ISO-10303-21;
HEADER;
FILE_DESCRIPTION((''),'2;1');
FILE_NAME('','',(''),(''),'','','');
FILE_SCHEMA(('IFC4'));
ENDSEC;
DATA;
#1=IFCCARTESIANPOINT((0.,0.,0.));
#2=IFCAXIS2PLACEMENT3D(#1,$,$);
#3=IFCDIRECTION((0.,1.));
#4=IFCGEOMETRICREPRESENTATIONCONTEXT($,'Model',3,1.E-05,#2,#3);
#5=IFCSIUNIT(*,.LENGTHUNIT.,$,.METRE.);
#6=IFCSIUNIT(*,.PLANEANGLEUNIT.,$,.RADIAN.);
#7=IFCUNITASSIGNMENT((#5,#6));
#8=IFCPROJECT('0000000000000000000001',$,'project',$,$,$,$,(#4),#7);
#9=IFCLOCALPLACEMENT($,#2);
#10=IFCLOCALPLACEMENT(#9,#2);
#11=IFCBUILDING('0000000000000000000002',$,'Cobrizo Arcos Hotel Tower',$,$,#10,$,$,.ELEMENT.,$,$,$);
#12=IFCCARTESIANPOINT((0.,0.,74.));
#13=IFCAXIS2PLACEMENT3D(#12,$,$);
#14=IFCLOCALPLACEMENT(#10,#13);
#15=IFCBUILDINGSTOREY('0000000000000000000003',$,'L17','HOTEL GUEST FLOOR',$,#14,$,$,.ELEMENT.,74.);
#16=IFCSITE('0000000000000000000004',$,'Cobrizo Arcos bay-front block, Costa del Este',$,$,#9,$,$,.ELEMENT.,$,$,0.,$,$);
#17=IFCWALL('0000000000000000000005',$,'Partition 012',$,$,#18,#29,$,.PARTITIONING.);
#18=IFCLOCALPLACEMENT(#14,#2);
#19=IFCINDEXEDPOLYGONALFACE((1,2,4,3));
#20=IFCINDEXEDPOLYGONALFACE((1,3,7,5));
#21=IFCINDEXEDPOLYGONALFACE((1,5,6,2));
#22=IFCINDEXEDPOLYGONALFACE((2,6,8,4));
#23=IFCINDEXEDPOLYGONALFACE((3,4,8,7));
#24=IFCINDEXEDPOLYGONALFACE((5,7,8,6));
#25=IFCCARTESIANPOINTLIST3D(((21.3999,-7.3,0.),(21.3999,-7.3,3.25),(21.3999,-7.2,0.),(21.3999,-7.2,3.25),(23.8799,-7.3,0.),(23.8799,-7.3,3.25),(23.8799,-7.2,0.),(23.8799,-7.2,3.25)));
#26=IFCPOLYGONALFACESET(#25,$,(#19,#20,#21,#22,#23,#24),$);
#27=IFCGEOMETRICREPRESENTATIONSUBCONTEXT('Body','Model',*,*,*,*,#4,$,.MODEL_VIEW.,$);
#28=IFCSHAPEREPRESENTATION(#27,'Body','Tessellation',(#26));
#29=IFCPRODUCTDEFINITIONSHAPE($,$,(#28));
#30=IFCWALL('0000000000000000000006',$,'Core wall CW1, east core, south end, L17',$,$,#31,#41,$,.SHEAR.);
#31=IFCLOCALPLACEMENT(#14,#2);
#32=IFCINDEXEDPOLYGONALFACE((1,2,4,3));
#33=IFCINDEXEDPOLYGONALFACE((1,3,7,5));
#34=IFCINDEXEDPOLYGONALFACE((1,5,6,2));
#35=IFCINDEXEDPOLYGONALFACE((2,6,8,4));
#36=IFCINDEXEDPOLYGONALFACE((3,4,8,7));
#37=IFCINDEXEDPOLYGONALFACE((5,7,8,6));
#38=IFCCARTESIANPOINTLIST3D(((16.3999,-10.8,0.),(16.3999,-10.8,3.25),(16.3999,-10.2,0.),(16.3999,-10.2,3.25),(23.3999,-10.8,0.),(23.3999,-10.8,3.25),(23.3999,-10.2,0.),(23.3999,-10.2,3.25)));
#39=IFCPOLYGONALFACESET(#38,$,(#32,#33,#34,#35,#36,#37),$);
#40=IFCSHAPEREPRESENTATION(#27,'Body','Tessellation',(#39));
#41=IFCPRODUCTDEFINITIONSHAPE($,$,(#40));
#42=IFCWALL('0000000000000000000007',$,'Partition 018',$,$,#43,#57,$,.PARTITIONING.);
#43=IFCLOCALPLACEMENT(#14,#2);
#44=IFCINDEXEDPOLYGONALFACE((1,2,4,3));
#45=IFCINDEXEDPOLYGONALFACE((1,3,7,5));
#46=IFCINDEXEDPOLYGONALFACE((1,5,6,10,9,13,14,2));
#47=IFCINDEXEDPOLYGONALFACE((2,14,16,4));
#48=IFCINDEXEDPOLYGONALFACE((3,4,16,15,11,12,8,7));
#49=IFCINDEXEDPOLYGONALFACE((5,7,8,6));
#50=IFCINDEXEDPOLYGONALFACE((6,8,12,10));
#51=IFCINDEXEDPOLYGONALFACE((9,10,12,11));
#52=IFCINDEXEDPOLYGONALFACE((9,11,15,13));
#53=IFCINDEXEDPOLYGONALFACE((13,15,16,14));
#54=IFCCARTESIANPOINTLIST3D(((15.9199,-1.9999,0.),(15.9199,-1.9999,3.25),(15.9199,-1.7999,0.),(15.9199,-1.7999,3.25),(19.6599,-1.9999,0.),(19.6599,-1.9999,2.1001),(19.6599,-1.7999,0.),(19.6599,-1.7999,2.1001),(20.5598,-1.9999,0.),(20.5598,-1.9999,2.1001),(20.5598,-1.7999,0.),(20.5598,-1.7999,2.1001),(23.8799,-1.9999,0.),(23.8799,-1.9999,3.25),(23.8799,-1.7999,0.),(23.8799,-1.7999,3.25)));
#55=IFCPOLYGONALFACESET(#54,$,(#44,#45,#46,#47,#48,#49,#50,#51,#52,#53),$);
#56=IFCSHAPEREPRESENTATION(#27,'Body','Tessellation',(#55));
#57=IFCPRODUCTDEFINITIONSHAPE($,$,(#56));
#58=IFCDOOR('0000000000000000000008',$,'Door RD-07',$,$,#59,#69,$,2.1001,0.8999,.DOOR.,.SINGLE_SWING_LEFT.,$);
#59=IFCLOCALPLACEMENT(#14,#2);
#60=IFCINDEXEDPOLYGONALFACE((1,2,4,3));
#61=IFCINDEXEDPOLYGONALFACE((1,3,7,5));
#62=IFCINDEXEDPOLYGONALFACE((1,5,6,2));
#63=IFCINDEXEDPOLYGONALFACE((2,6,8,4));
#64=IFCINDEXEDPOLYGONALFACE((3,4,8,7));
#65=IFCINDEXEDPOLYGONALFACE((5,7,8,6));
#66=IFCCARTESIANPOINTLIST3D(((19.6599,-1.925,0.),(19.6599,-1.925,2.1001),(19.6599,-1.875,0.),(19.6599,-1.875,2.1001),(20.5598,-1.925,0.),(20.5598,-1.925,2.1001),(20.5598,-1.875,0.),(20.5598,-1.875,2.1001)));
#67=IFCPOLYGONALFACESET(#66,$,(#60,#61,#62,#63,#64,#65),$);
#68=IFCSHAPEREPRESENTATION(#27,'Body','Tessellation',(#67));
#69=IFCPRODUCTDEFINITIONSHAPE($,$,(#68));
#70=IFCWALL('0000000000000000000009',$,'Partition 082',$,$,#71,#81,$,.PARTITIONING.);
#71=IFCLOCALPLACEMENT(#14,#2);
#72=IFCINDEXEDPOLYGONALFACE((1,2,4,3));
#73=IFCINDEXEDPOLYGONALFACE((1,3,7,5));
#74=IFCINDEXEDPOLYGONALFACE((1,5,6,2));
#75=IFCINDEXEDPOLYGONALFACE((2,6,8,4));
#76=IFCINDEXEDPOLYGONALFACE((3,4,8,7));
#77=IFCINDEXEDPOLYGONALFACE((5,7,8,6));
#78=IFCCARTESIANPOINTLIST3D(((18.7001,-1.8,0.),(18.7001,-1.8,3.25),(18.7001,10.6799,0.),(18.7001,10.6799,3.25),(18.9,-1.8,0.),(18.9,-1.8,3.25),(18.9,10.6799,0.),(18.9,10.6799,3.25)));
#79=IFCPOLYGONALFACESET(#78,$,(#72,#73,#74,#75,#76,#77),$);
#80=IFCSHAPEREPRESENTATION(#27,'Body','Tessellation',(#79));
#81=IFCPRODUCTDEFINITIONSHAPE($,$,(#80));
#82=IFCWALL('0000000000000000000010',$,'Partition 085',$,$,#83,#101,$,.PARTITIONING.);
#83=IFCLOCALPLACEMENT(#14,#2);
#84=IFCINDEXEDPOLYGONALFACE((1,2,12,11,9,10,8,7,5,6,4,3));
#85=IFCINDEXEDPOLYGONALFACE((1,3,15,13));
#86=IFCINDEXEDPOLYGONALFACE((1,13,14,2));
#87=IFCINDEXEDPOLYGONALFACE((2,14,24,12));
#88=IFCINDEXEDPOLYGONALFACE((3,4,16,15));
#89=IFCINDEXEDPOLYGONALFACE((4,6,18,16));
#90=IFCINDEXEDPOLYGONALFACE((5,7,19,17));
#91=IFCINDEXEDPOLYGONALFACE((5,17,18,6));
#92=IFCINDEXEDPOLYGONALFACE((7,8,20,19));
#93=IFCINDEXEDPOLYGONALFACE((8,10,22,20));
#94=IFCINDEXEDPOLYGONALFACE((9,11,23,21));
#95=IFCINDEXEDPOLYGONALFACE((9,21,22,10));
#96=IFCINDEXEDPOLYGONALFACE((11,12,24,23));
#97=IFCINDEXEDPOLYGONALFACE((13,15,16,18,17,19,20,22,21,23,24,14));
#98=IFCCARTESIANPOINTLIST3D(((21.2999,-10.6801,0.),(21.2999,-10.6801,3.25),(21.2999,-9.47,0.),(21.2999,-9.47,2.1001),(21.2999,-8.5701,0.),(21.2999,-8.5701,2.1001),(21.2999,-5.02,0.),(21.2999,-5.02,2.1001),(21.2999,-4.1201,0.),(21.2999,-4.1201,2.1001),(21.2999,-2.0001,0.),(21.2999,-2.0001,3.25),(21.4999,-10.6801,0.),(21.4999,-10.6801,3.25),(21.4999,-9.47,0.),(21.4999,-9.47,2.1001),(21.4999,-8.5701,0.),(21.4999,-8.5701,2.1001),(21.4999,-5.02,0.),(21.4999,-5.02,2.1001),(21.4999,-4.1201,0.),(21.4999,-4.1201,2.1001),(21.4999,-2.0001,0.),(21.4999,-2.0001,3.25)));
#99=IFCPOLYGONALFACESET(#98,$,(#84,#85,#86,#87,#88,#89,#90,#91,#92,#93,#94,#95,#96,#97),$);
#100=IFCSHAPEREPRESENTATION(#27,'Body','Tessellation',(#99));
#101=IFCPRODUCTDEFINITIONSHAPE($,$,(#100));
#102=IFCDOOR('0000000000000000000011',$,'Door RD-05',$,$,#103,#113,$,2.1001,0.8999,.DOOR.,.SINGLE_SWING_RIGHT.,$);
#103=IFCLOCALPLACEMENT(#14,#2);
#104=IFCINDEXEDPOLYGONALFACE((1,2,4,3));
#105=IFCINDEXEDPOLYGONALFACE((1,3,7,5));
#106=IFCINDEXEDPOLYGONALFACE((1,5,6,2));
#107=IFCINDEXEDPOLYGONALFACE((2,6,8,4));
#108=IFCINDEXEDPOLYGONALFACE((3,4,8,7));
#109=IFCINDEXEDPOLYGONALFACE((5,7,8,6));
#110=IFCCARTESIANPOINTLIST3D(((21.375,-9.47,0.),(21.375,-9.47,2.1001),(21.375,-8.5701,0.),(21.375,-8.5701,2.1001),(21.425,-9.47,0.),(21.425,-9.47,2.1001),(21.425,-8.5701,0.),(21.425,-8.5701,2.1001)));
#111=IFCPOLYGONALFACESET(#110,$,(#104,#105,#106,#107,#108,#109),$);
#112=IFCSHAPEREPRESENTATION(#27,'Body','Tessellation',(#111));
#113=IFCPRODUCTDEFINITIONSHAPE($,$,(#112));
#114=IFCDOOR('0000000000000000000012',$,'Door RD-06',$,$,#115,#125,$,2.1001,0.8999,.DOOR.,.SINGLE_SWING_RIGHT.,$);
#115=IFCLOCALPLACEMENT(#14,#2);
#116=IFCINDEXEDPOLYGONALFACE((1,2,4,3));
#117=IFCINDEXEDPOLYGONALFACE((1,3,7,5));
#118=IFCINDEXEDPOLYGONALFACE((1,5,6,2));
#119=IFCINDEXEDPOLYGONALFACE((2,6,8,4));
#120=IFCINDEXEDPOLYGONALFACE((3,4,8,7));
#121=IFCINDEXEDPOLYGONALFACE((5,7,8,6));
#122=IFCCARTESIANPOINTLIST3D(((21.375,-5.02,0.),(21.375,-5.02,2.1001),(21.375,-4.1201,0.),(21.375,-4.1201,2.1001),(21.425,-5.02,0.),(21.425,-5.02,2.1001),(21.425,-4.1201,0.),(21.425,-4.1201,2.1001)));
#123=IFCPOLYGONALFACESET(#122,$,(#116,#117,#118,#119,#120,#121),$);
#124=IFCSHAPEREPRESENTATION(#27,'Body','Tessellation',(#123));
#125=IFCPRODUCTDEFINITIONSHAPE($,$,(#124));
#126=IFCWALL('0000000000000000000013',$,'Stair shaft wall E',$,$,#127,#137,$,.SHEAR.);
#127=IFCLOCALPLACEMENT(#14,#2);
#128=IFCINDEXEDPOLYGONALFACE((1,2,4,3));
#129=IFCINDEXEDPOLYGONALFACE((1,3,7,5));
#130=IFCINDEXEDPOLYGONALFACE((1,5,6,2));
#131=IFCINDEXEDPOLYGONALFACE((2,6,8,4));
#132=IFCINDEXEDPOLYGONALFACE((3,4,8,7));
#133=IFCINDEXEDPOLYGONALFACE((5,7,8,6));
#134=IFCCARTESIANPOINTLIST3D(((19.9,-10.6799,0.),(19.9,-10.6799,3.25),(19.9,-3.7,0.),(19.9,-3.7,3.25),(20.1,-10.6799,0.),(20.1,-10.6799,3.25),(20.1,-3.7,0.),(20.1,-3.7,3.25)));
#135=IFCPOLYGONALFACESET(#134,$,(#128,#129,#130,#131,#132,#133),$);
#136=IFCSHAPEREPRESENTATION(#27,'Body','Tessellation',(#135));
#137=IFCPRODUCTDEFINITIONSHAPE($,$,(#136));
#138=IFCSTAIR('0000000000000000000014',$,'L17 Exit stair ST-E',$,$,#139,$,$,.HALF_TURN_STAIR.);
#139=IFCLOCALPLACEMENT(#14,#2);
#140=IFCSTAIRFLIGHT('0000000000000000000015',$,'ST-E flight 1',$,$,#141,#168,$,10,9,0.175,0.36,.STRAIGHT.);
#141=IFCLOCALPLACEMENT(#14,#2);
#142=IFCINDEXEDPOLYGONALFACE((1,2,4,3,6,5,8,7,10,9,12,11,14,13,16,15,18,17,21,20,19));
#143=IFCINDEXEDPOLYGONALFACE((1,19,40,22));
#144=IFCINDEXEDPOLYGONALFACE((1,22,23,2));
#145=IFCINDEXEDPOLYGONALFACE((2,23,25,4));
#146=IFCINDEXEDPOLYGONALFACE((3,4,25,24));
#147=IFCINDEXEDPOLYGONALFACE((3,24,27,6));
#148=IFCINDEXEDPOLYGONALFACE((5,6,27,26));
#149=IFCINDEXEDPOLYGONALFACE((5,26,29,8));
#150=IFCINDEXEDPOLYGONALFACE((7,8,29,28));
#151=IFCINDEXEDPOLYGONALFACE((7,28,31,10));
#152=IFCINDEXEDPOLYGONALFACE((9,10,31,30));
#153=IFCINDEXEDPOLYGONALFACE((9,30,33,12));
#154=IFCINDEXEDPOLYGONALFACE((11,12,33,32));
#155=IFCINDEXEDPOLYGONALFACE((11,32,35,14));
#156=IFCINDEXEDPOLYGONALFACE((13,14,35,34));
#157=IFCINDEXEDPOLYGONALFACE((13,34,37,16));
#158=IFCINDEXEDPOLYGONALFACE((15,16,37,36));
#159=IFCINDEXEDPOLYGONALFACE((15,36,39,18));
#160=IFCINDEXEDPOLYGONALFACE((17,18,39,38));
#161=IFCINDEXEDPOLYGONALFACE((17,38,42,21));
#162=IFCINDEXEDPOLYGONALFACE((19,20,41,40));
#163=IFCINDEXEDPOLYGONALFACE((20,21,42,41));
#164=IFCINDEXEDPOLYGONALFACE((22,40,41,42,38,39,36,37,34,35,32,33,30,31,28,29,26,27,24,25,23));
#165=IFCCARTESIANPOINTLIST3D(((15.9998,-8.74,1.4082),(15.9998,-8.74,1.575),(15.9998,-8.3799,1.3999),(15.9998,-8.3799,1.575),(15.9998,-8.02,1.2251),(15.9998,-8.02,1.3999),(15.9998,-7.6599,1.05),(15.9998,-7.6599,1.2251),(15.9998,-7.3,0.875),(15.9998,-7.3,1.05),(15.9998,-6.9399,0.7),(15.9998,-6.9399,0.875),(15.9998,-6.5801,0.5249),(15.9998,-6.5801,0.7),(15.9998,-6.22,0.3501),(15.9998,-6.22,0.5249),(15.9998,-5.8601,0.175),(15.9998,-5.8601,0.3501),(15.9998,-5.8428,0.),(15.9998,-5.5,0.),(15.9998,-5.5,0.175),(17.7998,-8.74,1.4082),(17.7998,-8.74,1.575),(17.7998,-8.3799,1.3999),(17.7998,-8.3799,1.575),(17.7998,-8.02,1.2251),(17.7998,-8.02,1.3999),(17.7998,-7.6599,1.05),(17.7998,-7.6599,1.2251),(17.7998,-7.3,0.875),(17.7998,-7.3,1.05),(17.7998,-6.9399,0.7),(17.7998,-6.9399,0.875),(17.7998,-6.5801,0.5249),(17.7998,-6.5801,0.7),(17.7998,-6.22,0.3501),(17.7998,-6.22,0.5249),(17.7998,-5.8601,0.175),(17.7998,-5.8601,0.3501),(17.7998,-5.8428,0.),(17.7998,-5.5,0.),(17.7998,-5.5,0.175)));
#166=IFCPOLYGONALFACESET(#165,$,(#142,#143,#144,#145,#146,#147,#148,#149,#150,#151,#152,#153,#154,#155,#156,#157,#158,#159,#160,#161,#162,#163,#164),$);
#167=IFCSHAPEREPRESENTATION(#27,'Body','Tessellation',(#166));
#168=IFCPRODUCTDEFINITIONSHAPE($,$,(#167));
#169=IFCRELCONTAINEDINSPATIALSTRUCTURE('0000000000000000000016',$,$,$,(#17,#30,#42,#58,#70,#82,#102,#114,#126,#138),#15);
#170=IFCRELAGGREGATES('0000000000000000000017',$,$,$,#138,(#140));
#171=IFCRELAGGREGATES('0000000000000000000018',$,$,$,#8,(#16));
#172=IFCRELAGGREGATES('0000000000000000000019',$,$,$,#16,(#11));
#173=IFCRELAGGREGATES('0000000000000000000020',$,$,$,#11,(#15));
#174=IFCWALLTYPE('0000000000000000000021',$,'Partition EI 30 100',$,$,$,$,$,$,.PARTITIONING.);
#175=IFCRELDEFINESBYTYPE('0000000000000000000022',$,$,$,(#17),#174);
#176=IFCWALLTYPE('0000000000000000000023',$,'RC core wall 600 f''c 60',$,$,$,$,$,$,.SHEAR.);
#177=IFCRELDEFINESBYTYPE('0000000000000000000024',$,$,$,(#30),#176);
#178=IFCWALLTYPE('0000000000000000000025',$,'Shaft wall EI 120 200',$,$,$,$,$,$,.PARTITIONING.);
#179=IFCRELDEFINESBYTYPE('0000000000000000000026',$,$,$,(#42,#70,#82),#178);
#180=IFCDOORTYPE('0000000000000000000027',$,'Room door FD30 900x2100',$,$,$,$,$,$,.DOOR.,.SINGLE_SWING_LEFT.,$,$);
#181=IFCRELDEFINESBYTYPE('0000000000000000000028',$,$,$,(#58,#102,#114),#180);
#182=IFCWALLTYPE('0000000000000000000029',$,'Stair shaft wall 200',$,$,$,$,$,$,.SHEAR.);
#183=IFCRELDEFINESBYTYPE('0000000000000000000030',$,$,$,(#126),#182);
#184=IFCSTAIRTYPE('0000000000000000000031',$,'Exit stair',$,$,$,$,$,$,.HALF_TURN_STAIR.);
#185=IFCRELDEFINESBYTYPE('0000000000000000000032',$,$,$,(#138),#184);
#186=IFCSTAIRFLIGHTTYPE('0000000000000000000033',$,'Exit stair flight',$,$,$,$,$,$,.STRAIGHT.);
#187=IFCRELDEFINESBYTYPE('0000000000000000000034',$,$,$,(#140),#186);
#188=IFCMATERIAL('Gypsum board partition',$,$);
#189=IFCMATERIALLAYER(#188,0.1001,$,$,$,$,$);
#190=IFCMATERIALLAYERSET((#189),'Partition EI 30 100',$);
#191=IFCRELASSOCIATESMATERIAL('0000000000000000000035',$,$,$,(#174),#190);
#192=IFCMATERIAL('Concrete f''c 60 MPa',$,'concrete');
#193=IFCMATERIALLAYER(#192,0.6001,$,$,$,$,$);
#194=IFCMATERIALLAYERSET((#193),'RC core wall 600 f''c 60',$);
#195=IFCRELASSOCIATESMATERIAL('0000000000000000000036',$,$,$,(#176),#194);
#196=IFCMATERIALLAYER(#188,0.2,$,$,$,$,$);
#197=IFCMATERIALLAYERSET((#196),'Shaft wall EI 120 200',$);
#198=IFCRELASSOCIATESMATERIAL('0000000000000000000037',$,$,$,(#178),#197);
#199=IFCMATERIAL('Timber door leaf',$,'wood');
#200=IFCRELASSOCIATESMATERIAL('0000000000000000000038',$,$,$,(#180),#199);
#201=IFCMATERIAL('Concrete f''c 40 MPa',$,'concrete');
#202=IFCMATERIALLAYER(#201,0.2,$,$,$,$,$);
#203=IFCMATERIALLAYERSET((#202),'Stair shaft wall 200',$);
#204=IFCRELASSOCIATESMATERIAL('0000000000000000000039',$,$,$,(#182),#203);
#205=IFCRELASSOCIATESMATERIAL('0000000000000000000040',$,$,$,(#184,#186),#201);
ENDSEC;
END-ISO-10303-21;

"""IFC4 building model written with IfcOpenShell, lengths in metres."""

from ifc_helpers import new_model, si_unit, direction, frame, frame_2d, origin, place, context, subcontext, project, spatial, polyline, rectangle, outline, extrude, material, layer, layer_set, type_object, element, fill, aggregate, save


model = new_model("IFC4")

# Units and contexts
model_context = context("Model", 3, precision=1e-05, world=origin(), true_north=direction((0.0, 1.0)))
body_context = subcontext(model_context, "Body", "Model", "MODEL_VIEW")
ifc_project = project(units=[si_unit("LENGTHUNIT", "METRE"), si_unit("PLANEANGLEUNIT", "RADIAN")], contexts=[model_context])

# Site, building, storey
site_placement = place(None, origin())
site = spatial("IfcSite", under=ifc_project, at=site_placement, Name="Cobrizo Arcos bay-front block, Costa del Este", CompositionType="ELEMENT", RefElevation=0.0)
building_placement = place(site_placement, origin())
building = spatial("IfcBuilding", under=site, at=building_placement, Name="Cobrizo Arcos Hotel Tower", CompositionType="ELEMENT")
storey_placement = place(building_placement, frame((0.0, 0.0, 74.0)))
storey = spatial("IfcBuildingStorey", under=building, at=storey_placement, Name="L17", Description="HOTEL GUEST FLOOR", CompositionType="ELEMENT", Elevation=74.0)

# Walls
ifc_material_1 = material(Name="Gypsum board partition")
ifc_layer_1 = layer(ifc_material_1, 0.1001)
ifc_layer_set_1 = layer_set([ifc_layer_1], Name="Partition EI 30 100")
wall_type_1 = type_object("IfcWallType", Name="Partition EI 30 100", PredefinedType="PARTITIONING", material=ifc_layer_set_1)
wall_1_placement = place(storey_placement, frame((21.3999, -7.25, 0.0), z_axis=(0.0, 0.0, 1.0), x_axis=(1.0, 0.0, 0.0)))
element("IfcWall", 1, at=wall_1_placement, inside=storey, type_object=wall_type_1, Name="Partition 012", PredefinedType="PARTITIONING", context=body_context, shape_type="SweptSolid", body=[
    extrude(rectangle(XDim=2.48, YDim=0.1001, at=frame_2d((1.24, 0.0))), origin(), (0.0, 0.0, 1.0), 3.25),
])
ifc_material_2 = material(Name="Concrete f'c 60 MPa", Category="concrete")
ifc_layer_2 = layer(ifc_material_2, 0.6001)
ifc_layer_set_2 = layer_set([ifc_layer_2], Name="RC core wall 600 f'c 60")
wall_type_2 = type_object("IfcWallType", Name="RC core wall 600 f'c 60", PredefinedType="SHEAR", material=ifc_layer_set_2)
wall_2_placement = place(storey_placement, frame((16.3999, -10.5, 0.0), z_axis=(0.0, 0.0, 1.0), x_axis=(1.0, 0.0, 0.0)))
element("IfcWall", 2, at=wall_2_placement, inside=storey, type_object=wall_type_2, Name="Core wall CW1, east core, south end, L17", PredefinedType="SHEAR", context=body_context, shape_type="SweptSolid", body=[
    extrude(rectangle(XDim=7.0, YDim=0.6001, at=frame_2d((3.5, 0.0))), origin(), (0.0, 0.0, 1.0), 3.25),
])

# Wall, opening, door
ifc_layer_3 = layer(ifc_material_1, 0.2)
ifc_layer_set_3 = layer_set([ifc_layer_3], Name="Shaft wall EI 120 200")
wall_type_3 = type_object("IfcWallType", Name="Shaft wall EI 120 200", PredefinedType="PARTITIONING", material=ifc_layer_set_3)
wall_3_placement = place(storey_placement, frame((15.9199, -1.8999, 0.0), z_axis=(0.0, 0.0, 1.0), x_axis=(1.0, 0.0, 0.0)))
wall_3 = element("IfcWall", 3, at=wall_3_placement, inside=storey, type_object=wall_type_3, Name="Partition 018", PredefinedType="PARTITIONING", context=body_context, shape_type="SweptSolid", body=[
    extrude(rectangle(XDim=7.96, YDim=0.2, at=frame_2d((3.98, 0.0))), origin(), (0.0, 0.0, 1.0), 3.25),
])
opening_1_placement = place(wall_3_placement, frame((3.74, 0.0, 0.0)))
opening_1 = element("IfcOpeningElement", 4, at=opening_1_placement, cuts=wall_3, PredefinedType="OPENING", context=body_context, shape_type="SweptSolid", body=[
    extrude(rectangle(XDim=0.8999, YDim=2.1001, at=frame_2d((0.45, 1.05))), frame((0.0, 0.1121, 0.0), z_axis=(0.0, -1.0, 0.0), x_axis=(1.0, 0.0, 0.0)), (0.0, 0.0, 1.0), 0.2239),
])
ifc_material_3 = material(Name="Timber door leaf", Category="wood")
door_type = type_object("IfcDoorType", Name="Room door FD30 900x2100", OperationType="SINGLE_SWING_LEFT", PredefinedType="DOOR", material=ifc_material_3)
door_1_placement = place(opening_1_placement, origin())
door_1 = element("IfcDoor", 5, at=door_1_placement, inside=storey, type_object=door_type, Name="Door RD-07", OperationType="SINGLE_SWING_LEFT", OverallHeight=2.1001, OverallWidth=0.8999, PredefinedType="DOOR", context=body_context, shape_type="SweptSolid", body=[
    extrude(rectangle(XDim=0.8999, YDim=2.1001, at=frame_2d((0.45, 1.05))), frame((0.0, 0.0249, 0.0), z_axis=(0.0, -1.0, 0.0), x_axis=(1.0, 0.0, 0.0)), (0.0, 0.0, 1.0), 0.05),
])
fill(opening_1, door_1)

# Wall
wall_4_placement = place(storey_placement, frame((18.8, -1.8, 0.0), z_axis=(0.0, 0.0, 1.0), x_axis=(0.0, 1.0, 0.0)))
element("IfcWall", 6, at=wall_4_placement, inside=storey, type_object=wall_type_3, Name="Partition 082", PredefinedType="PARTITIONING", context=body_context, shape_type="SweptSolid", body=[
    extrude(rectangle(XDim=12.48, YDim=0.2, at=frame_2d((6.24, 0.0))), origin(), (0.0, 0.0, 1.0), 3.25),
])

# Wall, openings, doors
wall_5_placement = place(storey_placement, frame((21.3999, -10.6799, 0.0), z_axis=(0.0, 0.0, 1.0), x_axis=(0.0, 1.0, 0.0)))
wall_5 = element("IfcWall", 7, at=wall_5_placement, inside=storey, type_object=wall_type_3, Name="Partition 085", PredefinedType="PARTITIONING", context=body_context, shape_type="SweptSolid", body=[
    extrude(rectangle(XDim=8.6799, YDim=0.2, at=frame_2d((4.3398, 0.0))), origin(), (0.0, 0.0, 1.0), 3.25),
])
opening_2_placement = place(wall_5_placement, frame((1.21, 0.0, 0.0)))
opening_2 = element("IfcOpeningElement", 8, at=opening_2_placement, cuts=wall_5, PredefinedType="OPENING", context=body_context, shape_type="SweptSolid", body=[
    extrude(rectangle(XDim=0.8999, YDim=2.1001, at=frame_2d((0.45, 1.05))), frame((0.0, 0.1121, 0.0), z_axis=(0.0, -1.0, 0.0), x_axis=(1.0, 0.0, 0.0)), (0.0, 0.0, 1.0), 0.2239),
])
opening_3_placement = place(wall_5_placement, frame((5.6599, 0.0, 0.0)))
opening_3 = element("IfcOpeningElement", 9, at=opening_3_placement, cuts=wall_5, PredefinedType="OPENING", context=body_context, shape_type="SweptSolid", body=[
    extrude(rectangle(XDim=0.8999, YDim=2.1001, at=frame_2d((0.45, 1.05))), frame((0.0, 0.1121, 0.0), z_axis=(0.0, -1.0, 0.0), x_axis=(1.0, 0.0, 0.0)), (0.0, 0.0, 1.0), 0.2239),
])
door_2_placement = place(opening_2_placement, origin())
door_2 = element("IfcDoor", 10, at=door_2_placement, inside=storey, type_object=door_type, Name="Door RD-05", OperationType="SINGLE_SWING_RIGHT", OverallHeight=2.1001, OverallWidth=0.8999, PredefinedType="DOOR", context=body_context, shape_type="SweptSolid", body=[
    extrude(rectangle(XDim=0.8999, YDim=2.1001, at=frame_2d((0.45, 1.05))), frame((0.0, 0.0249, 0.0), z_axis=(0.0, -1.0, 0.0), x_axis=(1.0, 0.0, 0.0)), (0.0, 0.0, 1.0), 0.05),
])
fill(opening_2, door_2)
door_3_placement = place(opening_3_placement, origin())
door_3 = element("IfcDoor", 11, at=door_3_placement, inside=storey, type_object=door_type, Name="Door RD-06", OperationType="SINGLE_SWING_RIGHT", OverallHeight=2.1001, OverallWidth=0.8999, PredefinedType="DOOR", context=body_context, shape_type="SweptSolid", body=[
    extrude(rectangle(XDim=0.8999, YDim=2.1001, at=frame_2d((0.45, 1.05))), frame((0.0, 0.0249, 0.0), z_axis=(0.0, -1.0, 0.0), x_axis=(1.0, 0.0, 0.0)), (0.0, 0.0, 1.0), 0.05),
])
fill(opening_3, door_3)

# Wall
ifc_material_4 = material(Name="Concrete f'c 40 MPa", Category="concrete")
ifc_layer_4 = layer(ifc_material_4, 0.2)
ifc_layer_set_4 = layer_set([ifc_layer_4], Name="Stair shaft wall 200")
wall_type_4 = type_object("IfcWallType", Name="Stair shaft wall 200", PredefinedType="SHEAR", material=ifc_layer_set_4)
wall_6_placement = place(storey_placement, frame((20.0, -10.6799, 0.0), z_axis=(0.0, 0.0, 1.0), x_axis=(0.0, 1.0, 0.0)))
element("IfcWall", 12, at=wall_6_placement, inside=storey, type_object=wall_type_4, Name="Stair shaft wall E", PredefinedType="SHEAR", context=body_context, shape_type="SweptSolid", body=[
    extrude(rectangle(XDim=6.98, YDim=0.2, at=frame_2d((3.49, 0.0))), origin(), (0.0, 0.0, 1.0), 3.25),
])

# Stair, stair flight
stair_type = type_object("IfcStairType", Name="Exit stair", PredefinedType="HALF_TURN_STAIR", material=ifc_material_4)
stair_placement = place(storey_placement, origin())
stair = element("IfcStair", 13, at=stair_placement, inside=storey, type_object=stair_type, Name="L17 Exit stair ST-E", PredefinedType="HALF_TURN_STAIR")
stair_flight_type = type_object("IfcStairFlightType", Name="Exit stair flight", PredefinedType="STRAIGHT", material=ifc_material_4)
stair_flight_1_placement = place(storey_placement, frame((16.8999, -5.5, 0.0), z_axis=(0.0, 0.0, 1.0), x_axis=(0.0, -1.0, 0.0)))
stair_flight_1 = element("IfcStairFlight", 14, at=stair_flight_1_placement, type_object=stair_flight_type, Name="ST-E flight 1", NumberOfRisers=10, NumberOfTreads=9, PredefinedType="STRAIGHT", RiserHeight=0.175, TreadLength=0.36, context=body_context, shape_type="SweptSolid", body=[
    extrude(outline(polyline([(0.0, 0.0), (0.0, 0.175), (0.3601, 0.175), (0.3601, 0.3501), (0.72, 0.3501), (0.72, 0.5249), (1.0801, 0.5249), (1.0801, 0.7), (1.4399, 0.7), (1.4399, 0.875), (1.8, 0.875), (1.8, 1.05), (2.1599, 1.05), (2.1599, 1.2251), (2.52, 1.2251), (2.52, 1.3999), (2.8799, 1.3999), (2.8799, 1.575), (3.24, 1.575), (3.24, 1.75), (3.24, 1.4082), (0.3428, 0.0), (0.0, 0.0)])), frame((0.0, 0.8999, 0.0), z_axis=(0.0, -1.0, 0.0), x_axis=(1.0, 0.0, 0.0)), (0.0, 0.0, 1.0), 1.8),
])
aggregate(stair, [stair_flight_1])

save(model, "model.ifc")
